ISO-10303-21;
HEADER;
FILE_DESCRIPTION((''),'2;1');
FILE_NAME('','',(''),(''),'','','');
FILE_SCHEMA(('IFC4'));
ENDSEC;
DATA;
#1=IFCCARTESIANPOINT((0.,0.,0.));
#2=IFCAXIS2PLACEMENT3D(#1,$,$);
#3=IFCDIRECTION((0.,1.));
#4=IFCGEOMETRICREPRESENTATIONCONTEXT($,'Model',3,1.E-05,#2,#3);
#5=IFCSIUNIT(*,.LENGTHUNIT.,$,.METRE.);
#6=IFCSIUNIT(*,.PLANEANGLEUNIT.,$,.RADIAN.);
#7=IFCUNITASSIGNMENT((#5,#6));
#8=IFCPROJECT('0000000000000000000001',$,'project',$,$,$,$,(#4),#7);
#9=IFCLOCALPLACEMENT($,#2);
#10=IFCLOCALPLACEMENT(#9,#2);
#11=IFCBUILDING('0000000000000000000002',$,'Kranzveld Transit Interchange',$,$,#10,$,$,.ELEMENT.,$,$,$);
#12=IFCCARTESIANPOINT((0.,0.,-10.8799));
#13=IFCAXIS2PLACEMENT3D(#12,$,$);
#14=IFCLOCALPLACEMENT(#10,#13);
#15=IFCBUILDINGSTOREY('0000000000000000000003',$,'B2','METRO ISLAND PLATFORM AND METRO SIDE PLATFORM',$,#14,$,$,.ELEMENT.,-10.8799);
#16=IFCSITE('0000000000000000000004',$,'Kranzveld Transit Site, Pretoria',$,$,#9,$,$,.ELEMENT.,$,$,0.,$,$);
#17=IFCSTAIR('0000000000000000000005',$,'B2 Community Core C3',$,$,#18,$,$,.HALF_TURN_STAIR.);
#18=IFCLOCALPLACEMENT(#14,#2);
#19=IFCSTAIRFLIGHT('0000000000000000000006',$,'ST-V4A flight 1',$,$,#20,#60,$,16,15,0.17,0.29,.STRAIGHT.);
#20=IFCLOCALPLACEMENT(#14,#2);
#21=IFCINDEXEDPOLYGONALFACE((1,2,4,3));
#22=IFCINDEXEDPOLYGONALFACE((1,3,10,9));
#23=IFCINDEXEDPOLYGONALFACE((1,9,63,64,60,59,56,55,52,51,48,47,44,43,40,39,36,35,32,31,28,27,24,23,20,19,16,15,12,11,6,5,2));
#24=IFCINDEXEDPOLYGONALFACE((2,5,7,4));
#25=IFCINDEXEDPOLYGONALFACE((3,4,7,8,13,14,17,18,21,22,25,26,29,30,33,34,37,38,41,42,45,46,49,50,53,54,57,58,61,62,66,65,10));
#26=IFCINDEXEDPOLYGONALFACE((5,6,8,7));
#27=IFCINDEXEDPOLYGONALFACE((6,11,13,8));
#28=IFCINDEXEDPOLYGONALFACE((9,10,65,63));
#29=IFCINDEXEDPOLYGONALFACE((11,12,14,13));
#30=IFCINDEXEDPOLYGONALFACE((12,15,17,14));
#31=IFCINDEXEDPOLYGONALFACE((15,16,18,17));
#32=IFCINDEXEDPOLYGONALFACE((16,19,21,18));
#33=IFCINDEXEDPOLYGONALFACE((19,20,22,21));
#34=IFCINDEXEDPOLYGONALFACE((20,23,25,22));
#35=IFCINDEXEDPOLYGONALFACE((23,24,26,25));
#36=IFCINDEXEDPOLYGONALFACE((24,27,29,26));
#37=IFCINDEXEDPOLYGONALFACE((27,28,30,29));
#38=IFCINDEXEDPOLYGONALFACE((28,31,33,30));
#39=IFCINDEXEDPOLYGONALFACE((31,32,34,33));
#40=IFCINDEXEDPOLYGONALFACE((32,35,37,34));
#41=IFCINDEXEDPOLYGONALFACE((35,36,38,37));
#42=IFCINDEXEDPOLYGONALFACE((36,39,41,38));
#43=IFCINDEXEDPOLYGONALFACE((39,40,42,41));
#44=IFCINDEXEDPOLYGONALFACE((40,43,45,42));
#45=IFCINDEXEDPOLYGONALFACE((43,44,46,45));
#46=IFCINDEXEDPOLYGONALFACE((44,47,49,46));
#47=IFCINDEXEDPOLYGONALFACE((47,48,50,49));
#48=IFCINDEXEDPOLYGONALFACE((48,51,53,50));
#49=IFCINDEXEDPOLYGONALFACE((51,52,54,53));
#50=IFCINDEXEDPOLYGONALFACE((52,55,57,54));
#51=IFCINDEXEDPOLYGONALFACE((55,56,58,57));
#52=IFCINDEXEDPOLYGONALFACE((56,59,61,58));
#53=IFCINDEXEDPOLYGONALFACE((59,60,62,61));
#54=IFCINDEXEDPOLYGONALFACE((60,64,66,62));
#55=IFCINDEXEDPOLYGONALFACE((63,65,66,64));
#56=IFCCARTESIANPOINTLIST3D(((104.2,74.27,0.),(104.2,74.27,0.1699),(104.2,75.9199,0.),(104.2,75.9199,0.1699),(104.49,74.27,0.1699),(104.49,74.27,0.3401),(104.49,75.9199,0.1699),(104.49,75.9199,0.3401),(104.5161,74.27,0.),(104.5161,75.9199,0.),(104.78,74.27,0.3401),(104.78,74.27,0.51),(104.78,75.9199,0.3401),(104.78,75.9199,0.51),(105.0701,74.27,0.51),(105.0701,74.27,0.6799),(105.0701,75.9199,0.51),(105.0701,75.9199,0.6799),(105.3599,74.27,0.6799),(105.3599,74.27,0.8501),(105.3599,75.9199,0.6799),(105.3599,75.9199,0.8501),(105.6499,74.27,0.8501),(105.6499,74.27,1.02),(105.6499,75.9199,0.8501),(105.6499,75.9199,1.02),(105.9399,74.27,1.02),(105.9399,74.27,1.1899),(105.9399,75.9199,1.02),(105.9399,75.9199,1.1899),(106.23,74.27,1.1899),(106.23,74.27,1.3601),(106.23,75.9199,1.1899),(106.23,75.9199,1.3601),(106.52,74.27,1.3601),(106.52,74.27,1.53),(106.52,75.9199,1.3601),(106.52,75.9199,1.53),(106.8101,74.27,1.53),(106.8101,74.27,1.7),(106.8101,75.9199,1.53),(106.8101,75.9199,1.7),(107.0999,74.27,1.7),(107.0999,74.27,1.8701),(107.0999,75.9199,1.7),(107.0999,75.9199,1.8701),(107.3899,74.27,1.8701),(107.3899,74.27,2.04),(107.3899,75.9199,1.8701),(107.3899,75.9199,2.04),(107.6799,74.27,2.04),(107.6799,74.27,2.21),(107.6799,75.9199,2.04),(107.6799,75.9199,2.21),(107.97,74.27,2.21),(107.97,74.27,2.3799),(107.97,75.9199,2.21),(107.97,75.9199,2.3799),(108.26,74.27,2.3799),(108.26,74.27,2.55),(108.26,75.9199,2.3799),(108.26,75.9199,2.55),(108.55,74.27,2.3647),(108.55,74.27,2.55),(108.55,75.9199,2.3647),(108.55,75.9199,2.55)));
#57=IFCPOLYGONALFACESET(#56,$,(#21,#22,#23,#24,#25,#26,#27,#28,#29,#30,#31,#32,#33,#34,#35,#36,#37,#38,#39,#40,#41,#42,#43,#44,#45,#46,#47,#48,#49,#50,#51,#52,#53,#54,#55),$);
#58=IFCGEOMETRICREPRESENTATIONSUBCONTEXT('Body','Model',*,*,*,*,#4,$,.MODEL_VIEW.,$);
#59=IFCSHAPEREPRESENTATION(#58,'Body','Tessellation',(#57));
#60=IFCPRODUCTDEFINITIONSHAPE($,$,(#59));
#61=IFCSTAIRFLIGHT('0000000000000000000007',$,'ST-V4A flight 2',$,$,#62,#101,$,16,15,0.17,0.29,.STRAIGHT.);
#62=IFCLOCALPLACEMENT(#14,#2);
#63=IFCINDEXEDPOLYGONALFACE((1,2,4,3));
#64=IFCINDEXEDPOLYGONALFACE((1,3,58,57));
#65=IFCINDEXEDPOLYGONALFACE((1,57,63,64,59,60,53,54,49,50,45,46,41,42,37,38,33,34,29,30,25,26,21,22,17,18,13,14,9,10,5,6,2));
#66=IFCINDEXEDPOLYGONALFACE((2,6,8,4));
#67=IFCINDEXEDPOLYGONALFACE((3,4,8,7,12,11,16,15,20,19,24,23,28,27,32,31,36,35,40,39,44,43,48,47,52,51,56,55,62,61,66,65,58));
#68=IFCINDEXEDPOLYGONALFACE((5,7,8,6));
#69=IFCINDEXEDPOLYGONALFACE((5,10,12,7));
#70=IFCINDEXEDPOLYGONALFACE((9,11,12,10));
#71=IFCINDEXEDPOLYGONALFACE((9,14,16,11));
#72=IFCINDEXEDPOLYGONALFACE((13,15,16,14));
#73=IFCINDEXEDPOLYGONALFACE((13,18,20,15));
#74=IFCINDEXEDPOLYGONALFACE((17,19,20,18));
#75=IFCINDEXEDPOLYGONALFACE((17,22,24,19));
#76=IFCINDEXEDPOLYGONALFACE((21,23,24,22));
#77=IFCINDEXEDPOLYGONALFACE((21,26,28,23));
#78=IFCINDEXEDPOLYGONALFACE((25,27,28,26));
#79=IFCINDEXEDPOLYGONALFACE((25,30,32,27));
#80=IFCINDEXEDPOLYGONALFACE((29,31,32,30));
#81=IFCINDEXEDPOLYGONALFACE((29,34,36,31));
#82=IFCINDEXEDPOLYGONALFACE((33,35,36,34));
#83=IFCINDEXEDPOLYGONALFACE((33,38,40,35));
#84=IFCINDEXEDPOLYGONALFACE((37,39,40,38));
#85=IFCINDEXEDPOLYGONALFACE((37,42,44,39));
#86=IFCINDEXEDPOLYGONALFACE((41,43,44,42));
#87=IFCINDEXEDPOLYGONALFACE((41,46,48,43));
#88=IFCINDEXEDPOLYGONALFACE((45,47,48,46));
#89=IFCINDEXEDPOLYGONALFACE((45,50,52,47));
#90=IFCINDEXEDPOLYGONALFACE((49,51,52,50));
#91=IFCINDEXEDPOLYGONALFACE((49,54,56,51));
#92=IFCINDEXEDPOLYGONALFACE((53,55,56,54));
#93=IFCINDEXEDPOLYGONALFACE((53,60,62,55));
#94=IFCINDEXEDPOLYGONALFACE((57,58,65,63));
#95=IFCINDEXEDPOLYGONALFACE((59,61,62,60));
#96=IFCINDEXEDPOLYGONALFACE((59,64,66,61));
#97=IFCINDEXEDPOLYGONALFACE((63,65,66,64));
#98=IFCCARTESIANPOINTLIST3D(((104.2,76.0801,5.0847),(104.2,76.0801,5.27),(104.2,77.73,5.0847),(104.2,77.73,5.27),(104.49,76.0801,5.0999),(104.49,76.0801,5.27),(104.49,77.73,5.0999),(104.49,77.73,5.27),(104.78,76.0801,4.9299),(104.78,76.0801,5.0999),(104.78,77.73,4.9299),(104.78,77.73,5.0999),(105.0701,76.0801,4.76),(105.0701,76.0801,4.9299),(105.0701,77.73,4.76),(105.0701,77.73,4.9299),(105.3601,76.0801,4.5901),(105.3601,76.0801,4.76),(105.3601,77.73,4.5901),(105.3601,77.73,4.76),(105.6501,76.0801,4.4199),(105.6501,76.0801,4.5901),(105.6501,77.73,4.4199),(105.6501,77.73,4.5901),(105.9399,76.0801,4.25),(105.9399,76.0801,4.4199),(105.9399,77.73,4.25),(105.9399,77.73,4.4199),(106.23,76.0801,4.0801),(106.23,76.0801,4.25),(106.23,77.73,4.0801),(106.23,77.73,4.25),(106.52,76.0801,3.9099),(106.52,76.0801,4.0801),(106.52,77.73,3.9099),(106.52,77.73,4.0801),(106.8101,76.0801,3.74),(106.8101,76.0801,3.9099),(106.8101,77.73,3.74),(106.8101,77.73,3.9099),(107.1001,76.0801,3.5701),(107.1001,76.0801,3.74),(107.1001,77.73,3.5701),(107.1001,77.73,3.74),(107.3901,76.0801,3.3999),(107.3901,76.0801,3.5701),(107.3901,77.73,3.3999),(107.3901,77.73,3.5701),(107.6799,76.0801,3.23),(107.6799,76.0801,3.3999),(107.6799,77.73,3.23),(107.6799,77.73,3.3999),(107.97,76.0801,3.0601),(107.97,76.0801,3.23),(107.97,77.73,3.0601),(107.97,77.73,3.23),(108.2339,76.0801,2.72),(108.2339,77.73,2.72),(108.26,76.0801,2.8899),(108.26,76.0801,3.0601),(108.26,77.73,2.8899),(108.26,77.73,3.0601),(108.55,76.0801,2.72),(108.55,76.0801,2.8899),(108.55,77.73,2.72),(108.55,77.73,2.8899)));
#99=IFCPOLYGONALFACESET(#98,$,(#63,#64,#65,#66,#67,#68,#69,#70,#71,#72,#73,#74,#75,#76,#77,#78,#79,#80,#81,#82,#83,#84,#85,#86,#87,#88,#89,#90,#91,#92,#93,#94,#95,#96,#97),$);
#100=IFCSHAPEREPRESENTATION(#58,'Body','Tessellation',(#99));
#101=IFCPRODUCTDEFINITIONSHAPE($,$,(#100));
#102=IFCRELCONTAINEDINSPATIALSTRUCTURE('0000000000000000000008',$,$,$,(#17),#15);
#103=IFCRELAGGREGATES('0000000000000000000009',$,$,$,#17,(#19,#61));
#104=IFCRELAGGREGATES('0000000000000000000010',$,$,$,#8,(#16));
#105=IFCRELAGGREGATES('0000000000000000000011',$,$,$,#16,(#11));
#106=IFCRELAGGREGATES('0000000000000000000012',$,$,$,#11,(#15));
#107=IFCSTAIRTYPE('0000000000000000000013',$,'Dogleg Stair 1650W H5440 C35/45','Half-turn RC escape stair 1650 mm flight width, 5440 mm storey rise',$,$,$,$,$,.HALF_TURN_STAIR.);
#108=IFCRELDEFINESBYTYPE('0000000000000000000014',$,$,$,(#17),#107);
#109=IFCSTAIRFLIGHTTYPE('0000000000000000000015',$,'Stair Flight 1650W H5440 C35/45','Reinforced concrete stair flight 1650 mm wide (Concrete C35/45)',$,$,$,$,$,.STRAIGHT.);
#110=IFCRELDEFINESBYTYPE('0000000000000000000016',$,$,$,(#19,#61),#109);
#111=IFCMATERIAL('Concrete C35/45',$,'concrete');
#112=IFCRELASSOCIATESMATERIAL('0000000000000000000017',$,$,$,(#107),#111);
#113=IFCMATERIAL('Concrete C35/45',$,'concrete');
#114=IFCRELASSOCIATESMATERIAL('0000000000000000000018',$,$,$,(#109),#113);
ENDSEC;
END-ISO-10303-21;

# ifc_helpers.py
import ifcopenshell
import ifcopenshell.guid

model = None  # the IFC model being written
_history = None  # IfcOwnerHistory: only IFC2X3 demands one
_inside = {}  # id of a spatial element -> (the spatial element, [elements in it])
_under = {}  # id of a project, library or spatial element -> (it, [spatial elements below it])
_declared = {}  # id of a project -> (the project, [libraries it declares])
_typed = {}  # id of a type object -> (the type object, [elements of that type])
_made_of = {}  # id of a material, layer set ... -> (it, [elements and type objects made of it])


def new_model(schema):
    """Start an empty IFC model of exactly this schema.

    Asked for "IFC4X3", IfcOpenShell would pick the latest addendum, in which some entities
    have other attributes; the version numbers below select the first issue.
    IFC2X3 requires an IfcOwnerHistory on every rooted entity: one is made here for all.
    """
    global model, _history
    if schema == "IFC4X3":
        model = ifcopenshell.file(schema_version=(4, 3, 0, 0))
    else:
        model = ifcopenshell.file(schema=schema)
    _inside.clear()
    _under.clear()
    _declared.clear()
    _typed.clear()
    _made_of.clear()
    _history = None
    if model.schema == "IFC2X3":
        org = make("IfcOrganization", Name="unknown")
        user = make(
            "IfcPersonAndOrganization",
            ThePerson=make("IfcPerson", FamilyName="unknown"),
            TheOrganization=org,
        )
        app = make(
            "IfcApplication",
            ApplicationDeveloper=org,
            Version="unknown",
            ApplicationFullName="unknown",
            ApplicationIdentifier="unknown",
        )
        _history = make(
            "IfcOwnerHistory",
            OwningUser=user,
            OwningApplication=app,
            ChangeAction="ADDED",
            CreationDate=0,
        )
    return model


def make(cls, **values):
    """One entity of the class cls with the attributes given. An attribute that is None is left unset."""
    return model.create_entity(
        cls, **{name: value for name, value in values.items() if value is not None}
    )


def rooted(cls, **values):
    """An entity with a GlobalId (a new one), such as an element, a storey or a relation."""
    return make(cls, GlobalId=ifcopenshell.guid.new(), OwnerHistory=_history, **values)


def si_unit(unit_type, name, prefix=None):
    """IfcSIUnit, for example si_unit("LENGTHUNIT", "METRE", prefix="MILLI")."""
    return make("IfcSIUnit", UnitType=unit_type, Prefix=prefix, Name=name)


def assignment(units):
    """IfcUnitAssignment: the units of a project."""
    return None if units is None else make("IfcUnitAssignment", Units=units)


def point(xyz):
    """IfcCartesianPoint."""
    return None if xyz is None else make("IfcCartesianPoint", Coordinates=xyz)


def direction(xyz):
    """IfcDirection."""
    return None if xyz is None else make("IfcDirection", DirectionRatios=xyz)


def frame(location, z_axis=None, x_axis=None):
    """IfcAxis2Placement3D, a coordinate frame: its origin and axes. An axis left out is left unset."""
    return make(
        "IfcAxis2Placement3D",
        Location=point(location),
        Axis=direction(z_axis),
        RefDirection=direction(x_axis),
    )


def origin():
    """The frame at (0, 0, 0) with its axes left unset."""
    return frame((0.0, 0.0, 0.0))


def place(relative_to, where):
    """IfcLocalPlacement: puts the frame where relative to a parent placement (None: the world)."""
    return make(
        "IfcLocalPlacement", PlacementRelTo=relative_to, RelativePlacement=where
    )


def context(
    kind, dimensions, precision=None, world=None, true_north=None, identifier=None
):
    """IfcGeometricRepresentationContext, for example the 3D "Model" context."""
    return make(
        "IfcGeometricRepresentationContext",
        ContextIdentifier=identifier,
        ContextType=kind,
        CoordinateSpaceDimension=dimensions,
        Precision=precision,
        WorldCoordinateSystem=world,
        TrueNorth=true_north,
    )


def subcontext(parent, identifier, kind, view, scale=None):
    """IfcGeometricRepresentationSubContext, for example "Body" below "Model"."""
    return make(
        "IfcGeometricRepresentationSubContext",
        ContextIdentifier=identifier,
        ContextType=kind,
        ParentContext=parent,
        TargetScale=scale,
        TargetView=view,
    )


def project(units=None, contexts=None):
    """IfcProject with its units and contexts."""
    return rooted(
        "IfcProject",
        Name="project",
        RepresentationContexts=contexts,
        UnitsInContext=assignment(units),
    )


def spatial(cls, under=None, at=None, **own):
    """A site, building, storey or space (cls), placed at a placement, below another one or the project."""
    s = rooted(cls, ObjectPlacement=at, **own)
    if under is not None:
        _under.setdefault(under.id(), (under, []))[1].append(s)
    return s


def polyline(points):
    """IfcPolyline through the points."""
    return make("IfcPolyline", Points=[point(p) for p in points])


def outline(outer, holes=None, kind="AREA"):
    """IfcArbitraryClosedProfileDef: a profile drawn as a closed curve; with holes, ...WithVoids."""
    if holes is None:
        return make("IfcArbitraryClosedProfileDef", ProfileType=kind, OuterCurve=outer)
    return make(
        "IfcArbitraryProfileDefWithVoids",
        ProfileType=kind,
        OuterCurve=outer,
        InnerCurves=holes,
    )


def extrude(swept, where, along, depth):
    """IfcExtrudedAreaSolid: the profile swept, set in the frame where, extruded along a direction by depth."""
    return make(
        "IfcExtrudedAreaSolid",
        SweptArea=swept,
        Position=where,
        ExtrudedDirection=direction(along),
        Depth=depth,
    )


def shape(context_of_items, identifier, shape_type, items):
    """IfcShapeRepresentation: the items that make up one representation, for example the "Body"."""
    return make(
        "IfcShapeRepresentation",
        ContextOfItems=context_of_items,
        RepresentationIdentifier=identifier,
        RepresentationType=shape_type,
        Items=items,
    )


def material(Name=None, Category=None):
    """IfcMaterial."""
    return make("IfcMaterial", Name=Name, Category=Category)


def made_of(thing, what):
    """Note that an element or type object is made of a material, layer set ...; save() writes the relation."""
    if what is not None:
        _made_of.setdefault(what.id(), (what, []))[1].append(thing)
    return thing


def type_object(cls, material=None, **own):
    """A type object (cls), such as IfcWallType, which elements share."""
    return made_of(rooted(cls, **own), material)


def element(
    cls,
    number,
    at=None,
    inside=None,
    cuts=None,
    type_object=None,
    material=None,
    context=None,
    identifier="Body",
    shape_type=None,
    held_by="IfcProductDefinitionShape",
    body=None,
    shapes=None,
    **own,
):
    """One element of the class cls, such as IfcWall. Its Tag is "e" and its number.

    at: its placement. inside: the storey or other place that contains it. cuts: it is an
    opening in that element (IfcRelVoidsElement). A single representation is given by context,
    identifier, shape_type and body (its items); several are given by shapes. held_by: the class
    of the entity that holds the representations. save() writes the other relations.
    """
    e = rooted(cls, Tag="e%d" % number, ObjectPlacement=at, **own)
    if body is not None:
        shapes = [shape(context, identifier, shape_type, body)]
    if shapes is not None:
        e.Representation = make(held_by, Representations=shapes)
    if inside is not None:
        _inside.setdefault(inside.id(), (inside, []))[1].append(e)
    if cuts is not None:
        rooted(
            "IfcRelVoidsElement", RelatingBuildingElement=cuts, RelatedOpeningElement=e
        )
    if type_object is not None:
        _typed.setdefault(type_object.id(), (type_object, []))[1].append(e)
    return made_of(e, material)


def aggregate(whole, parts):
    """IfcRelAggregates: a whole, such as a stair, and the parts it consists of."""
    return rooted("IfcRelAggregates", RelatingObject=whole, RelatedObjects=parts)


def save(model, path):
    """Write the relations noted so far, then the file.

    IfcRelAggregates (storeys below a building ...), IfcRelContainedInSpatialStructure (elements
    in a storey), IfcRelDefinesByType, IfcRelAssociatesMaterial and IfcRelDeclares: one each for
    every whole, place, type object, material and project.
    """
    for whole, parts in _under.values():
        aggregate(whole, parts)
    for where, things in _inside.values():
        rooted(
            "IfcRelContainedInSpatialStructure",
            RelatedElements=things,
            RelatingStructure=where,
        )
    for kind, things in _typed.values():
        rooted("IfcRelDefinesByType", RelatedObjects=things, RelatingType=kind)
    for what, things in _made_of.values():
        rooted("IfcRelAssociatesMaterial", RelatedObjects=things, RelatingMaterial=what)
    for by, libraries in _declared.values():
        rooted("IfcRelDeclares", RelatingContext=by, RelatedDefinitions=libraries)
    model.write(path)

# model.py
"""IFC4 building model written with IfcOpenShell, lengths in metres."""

from ifc_helpers import new_model, si_unit, direction, frame, origin, place, context, subcontext, project, spatial, polyline, outline, extrude, material, type_object, element, aggregate, save


model = new_model("IFC4")

# Units and contexts
model_context = context("Model", 3, precision=1e-05, world=origin(), true_north=direction((0.0, 1.0)))
body_context = subcontext(model_context, "Body", "Model", "MODEL_VIEW")
ifc_project = project(units=[si_unit("LENGTHUNIT", "METRE"), si_unit("PLANEANGLEUNIT", "RADIAN")], contexts=[model_context])

# Site, building, storey
site_placement = place(None, origin())
site = spatial("IfcSite", under=ifc_project, at=site_placement, Name="Kranzveld Transit Site, Pretoria", CompositionType="ELEMENT", RefElevation=0.0)
building_placement = place(site_placement, origin())
building = spatial("IfcBuilding", under=site, at=building_placement, Name="Kranzveld Transit Interchange", CompositionType="ELEMENT")
storey_placement = place(building_placement, frame((0.0, 0.0, -10.8799)))
storey = spatial("IfcBuildingStorey", under=building, at=storey_placement, Name="B2", Description="METRO ISLAND PLATFORM AND METRO SIDE PLATFORM", CompositionType="ELEMENT", Elevation=-10.8799)

# Stair, stair flights
ifc_material_1 = material(Name="Concrete C35/45", Category="concrete")
stair_type = type_object("IfcStairType", Name="Dogleg Stair 1650W H5440 C35/45", Description="Half-turn RC escape stair 1650 mm flight width, 5440 mm storey rise", PredefinedType="HALF_TURN_STAIR", material=ifc_material_1)
stair_placement = place(storey_placement, origin())
stair = element("IfcStair", 1, at=stair_placement, inside=storey, type_object=stair_type, Name="B2 Community Core C3", PredefinedType="HALF_TURN_STAIR")
ifc_material_2 = material(Name="Concrete C35/45", Category="concrete")
stair_flight_type = type_object("IfcStairFlightType", Name="Stair Flight 1650W H5440 C35/45", Description="Reinforced concrete stair flight 1650 mm wide (Concrete C35/45)", PredefinedType="STRAIGHT", material=ifc_material_2)
stair_flight_1_placement = place(storey_placement, frame((104.2, 75.095, 0.0), z_axis=(0.0, 0.0, 1.0), x_axis=(1.0, 0.0, 0.0)))
stair_flight_1 = element("IfcStairFlight", 2, at=stair_flight_1_placement, type_object=stair_flight_type, Name="ST-V4A flight 1", NumberOfRisers=16, NumberOfTreads=15, PredefinedType="STRAIGHT", RiserHeight=0.17, TreadLength=0.29, context=body_context, shape_type="SweptSolid", body=[
    extrude(outline(polyline([(0.0, 0.0), (0.0, 0.1699), (0.29, 0.1699), (0.29, 0.3401), (0.5801, 0.3401), (0.5801, 0.51), (0.8701, 0.51), (0.8701, 0.6799), (1.1599, 0.6799), (1.1599, 0.8501), (1.45, 0.8501), (1.45, 1.02), (1.74, 1.02), (1.74, 1.1899), (2.03, 1.1899), (2.03, 1.3601), (2.3201, 1.3601), (2.3201, 1.53), (2.6101, 1.53), (2.6101, 1.7), (2.8999, 1.7), (2.8999, 1.8701), (3.1899, 1.8701), (3.1899, 2.04), (3.48, 2.04), (3.48, 2.21), (3.77, 2.21), (3.77, 2.3799), (4.0601, 2.3799), (4.0601, 2.55), (4.3501, 2.55), (4.3501, 2.72), (4.3501, 2.3647), (0.3162, 0.0), (0.0, 0.0)])), frame((0.0, 0.825, 0.0), z_axis=(0.0, -1.0, 0.0), x_axis=(1.0, 0.0, 0.0)), (0.0, 0.0, 1.0), 1.6499),
])
stair_flight_2_placement = place(storey_placement, frame((108.55, 76.905, 2.72), z_axis=(0.0, 0.0, 1.0), x_axis=(-1.0, 0.0, 0.0)))
stair_flight_2 = element("IfcStairFlight", 3, at=stair_flight_2_placement, type_object=stair_flight_type, Name="ST-V4A flight 2", NumberOfRisers=16, NumberOfTreads=15, PredefinedType="STRAIGHT", RiserHeight=0.17, TreadLength=0.29, context=body_context, shape_type="SweptSolid", body=[
    extrude(outline(polyline([(0.0, 0.0), (0.0, 0.1699), (0.29, 0.1699), (0.29, 0.3401), (0.5801, 0.3401), (0.5801, 0.51), (0.8701, 0.51), (0.8701, 0.6799), (1.1599, 0.6799), (1.1599, 0.8501), (1.45, 0.8501), (1.45, 1.02), (1.74, 1.02), (1.74, 1.1899), (2.03, 1.1899), (2.03, 1.3601), (2.3201, 1.3601), (2.3201, 1.53), (2.6101, 1.53), (2.6101, 1.7), (2.8999, 1.7), (2.8999, 1.8701), (3.1899, 1.8701), (3.1899, 2.04), (3.48, 2.04), (3.48, 2.21), (3.77, 2.21), (3.77, 2.3799), (4.0601, 2.3799), (4.0601, 2.55), (4.3501, 2.55), (4.3501, 2.72), (4.3501, 2.3647), (0.3162, 0.0), (0.0, 0.0)])), frame((0.0, 0.825, 0.0), z_axis=(0.0, -1.0, 0.0), x_axis=(1.0, 0.0, 0.0)), (0.0, 0.0, 1.0), 1.6499),
])
aggregate(stair, [stair_flight_1, stair_flight_2])

save(model, "model.ifc")
